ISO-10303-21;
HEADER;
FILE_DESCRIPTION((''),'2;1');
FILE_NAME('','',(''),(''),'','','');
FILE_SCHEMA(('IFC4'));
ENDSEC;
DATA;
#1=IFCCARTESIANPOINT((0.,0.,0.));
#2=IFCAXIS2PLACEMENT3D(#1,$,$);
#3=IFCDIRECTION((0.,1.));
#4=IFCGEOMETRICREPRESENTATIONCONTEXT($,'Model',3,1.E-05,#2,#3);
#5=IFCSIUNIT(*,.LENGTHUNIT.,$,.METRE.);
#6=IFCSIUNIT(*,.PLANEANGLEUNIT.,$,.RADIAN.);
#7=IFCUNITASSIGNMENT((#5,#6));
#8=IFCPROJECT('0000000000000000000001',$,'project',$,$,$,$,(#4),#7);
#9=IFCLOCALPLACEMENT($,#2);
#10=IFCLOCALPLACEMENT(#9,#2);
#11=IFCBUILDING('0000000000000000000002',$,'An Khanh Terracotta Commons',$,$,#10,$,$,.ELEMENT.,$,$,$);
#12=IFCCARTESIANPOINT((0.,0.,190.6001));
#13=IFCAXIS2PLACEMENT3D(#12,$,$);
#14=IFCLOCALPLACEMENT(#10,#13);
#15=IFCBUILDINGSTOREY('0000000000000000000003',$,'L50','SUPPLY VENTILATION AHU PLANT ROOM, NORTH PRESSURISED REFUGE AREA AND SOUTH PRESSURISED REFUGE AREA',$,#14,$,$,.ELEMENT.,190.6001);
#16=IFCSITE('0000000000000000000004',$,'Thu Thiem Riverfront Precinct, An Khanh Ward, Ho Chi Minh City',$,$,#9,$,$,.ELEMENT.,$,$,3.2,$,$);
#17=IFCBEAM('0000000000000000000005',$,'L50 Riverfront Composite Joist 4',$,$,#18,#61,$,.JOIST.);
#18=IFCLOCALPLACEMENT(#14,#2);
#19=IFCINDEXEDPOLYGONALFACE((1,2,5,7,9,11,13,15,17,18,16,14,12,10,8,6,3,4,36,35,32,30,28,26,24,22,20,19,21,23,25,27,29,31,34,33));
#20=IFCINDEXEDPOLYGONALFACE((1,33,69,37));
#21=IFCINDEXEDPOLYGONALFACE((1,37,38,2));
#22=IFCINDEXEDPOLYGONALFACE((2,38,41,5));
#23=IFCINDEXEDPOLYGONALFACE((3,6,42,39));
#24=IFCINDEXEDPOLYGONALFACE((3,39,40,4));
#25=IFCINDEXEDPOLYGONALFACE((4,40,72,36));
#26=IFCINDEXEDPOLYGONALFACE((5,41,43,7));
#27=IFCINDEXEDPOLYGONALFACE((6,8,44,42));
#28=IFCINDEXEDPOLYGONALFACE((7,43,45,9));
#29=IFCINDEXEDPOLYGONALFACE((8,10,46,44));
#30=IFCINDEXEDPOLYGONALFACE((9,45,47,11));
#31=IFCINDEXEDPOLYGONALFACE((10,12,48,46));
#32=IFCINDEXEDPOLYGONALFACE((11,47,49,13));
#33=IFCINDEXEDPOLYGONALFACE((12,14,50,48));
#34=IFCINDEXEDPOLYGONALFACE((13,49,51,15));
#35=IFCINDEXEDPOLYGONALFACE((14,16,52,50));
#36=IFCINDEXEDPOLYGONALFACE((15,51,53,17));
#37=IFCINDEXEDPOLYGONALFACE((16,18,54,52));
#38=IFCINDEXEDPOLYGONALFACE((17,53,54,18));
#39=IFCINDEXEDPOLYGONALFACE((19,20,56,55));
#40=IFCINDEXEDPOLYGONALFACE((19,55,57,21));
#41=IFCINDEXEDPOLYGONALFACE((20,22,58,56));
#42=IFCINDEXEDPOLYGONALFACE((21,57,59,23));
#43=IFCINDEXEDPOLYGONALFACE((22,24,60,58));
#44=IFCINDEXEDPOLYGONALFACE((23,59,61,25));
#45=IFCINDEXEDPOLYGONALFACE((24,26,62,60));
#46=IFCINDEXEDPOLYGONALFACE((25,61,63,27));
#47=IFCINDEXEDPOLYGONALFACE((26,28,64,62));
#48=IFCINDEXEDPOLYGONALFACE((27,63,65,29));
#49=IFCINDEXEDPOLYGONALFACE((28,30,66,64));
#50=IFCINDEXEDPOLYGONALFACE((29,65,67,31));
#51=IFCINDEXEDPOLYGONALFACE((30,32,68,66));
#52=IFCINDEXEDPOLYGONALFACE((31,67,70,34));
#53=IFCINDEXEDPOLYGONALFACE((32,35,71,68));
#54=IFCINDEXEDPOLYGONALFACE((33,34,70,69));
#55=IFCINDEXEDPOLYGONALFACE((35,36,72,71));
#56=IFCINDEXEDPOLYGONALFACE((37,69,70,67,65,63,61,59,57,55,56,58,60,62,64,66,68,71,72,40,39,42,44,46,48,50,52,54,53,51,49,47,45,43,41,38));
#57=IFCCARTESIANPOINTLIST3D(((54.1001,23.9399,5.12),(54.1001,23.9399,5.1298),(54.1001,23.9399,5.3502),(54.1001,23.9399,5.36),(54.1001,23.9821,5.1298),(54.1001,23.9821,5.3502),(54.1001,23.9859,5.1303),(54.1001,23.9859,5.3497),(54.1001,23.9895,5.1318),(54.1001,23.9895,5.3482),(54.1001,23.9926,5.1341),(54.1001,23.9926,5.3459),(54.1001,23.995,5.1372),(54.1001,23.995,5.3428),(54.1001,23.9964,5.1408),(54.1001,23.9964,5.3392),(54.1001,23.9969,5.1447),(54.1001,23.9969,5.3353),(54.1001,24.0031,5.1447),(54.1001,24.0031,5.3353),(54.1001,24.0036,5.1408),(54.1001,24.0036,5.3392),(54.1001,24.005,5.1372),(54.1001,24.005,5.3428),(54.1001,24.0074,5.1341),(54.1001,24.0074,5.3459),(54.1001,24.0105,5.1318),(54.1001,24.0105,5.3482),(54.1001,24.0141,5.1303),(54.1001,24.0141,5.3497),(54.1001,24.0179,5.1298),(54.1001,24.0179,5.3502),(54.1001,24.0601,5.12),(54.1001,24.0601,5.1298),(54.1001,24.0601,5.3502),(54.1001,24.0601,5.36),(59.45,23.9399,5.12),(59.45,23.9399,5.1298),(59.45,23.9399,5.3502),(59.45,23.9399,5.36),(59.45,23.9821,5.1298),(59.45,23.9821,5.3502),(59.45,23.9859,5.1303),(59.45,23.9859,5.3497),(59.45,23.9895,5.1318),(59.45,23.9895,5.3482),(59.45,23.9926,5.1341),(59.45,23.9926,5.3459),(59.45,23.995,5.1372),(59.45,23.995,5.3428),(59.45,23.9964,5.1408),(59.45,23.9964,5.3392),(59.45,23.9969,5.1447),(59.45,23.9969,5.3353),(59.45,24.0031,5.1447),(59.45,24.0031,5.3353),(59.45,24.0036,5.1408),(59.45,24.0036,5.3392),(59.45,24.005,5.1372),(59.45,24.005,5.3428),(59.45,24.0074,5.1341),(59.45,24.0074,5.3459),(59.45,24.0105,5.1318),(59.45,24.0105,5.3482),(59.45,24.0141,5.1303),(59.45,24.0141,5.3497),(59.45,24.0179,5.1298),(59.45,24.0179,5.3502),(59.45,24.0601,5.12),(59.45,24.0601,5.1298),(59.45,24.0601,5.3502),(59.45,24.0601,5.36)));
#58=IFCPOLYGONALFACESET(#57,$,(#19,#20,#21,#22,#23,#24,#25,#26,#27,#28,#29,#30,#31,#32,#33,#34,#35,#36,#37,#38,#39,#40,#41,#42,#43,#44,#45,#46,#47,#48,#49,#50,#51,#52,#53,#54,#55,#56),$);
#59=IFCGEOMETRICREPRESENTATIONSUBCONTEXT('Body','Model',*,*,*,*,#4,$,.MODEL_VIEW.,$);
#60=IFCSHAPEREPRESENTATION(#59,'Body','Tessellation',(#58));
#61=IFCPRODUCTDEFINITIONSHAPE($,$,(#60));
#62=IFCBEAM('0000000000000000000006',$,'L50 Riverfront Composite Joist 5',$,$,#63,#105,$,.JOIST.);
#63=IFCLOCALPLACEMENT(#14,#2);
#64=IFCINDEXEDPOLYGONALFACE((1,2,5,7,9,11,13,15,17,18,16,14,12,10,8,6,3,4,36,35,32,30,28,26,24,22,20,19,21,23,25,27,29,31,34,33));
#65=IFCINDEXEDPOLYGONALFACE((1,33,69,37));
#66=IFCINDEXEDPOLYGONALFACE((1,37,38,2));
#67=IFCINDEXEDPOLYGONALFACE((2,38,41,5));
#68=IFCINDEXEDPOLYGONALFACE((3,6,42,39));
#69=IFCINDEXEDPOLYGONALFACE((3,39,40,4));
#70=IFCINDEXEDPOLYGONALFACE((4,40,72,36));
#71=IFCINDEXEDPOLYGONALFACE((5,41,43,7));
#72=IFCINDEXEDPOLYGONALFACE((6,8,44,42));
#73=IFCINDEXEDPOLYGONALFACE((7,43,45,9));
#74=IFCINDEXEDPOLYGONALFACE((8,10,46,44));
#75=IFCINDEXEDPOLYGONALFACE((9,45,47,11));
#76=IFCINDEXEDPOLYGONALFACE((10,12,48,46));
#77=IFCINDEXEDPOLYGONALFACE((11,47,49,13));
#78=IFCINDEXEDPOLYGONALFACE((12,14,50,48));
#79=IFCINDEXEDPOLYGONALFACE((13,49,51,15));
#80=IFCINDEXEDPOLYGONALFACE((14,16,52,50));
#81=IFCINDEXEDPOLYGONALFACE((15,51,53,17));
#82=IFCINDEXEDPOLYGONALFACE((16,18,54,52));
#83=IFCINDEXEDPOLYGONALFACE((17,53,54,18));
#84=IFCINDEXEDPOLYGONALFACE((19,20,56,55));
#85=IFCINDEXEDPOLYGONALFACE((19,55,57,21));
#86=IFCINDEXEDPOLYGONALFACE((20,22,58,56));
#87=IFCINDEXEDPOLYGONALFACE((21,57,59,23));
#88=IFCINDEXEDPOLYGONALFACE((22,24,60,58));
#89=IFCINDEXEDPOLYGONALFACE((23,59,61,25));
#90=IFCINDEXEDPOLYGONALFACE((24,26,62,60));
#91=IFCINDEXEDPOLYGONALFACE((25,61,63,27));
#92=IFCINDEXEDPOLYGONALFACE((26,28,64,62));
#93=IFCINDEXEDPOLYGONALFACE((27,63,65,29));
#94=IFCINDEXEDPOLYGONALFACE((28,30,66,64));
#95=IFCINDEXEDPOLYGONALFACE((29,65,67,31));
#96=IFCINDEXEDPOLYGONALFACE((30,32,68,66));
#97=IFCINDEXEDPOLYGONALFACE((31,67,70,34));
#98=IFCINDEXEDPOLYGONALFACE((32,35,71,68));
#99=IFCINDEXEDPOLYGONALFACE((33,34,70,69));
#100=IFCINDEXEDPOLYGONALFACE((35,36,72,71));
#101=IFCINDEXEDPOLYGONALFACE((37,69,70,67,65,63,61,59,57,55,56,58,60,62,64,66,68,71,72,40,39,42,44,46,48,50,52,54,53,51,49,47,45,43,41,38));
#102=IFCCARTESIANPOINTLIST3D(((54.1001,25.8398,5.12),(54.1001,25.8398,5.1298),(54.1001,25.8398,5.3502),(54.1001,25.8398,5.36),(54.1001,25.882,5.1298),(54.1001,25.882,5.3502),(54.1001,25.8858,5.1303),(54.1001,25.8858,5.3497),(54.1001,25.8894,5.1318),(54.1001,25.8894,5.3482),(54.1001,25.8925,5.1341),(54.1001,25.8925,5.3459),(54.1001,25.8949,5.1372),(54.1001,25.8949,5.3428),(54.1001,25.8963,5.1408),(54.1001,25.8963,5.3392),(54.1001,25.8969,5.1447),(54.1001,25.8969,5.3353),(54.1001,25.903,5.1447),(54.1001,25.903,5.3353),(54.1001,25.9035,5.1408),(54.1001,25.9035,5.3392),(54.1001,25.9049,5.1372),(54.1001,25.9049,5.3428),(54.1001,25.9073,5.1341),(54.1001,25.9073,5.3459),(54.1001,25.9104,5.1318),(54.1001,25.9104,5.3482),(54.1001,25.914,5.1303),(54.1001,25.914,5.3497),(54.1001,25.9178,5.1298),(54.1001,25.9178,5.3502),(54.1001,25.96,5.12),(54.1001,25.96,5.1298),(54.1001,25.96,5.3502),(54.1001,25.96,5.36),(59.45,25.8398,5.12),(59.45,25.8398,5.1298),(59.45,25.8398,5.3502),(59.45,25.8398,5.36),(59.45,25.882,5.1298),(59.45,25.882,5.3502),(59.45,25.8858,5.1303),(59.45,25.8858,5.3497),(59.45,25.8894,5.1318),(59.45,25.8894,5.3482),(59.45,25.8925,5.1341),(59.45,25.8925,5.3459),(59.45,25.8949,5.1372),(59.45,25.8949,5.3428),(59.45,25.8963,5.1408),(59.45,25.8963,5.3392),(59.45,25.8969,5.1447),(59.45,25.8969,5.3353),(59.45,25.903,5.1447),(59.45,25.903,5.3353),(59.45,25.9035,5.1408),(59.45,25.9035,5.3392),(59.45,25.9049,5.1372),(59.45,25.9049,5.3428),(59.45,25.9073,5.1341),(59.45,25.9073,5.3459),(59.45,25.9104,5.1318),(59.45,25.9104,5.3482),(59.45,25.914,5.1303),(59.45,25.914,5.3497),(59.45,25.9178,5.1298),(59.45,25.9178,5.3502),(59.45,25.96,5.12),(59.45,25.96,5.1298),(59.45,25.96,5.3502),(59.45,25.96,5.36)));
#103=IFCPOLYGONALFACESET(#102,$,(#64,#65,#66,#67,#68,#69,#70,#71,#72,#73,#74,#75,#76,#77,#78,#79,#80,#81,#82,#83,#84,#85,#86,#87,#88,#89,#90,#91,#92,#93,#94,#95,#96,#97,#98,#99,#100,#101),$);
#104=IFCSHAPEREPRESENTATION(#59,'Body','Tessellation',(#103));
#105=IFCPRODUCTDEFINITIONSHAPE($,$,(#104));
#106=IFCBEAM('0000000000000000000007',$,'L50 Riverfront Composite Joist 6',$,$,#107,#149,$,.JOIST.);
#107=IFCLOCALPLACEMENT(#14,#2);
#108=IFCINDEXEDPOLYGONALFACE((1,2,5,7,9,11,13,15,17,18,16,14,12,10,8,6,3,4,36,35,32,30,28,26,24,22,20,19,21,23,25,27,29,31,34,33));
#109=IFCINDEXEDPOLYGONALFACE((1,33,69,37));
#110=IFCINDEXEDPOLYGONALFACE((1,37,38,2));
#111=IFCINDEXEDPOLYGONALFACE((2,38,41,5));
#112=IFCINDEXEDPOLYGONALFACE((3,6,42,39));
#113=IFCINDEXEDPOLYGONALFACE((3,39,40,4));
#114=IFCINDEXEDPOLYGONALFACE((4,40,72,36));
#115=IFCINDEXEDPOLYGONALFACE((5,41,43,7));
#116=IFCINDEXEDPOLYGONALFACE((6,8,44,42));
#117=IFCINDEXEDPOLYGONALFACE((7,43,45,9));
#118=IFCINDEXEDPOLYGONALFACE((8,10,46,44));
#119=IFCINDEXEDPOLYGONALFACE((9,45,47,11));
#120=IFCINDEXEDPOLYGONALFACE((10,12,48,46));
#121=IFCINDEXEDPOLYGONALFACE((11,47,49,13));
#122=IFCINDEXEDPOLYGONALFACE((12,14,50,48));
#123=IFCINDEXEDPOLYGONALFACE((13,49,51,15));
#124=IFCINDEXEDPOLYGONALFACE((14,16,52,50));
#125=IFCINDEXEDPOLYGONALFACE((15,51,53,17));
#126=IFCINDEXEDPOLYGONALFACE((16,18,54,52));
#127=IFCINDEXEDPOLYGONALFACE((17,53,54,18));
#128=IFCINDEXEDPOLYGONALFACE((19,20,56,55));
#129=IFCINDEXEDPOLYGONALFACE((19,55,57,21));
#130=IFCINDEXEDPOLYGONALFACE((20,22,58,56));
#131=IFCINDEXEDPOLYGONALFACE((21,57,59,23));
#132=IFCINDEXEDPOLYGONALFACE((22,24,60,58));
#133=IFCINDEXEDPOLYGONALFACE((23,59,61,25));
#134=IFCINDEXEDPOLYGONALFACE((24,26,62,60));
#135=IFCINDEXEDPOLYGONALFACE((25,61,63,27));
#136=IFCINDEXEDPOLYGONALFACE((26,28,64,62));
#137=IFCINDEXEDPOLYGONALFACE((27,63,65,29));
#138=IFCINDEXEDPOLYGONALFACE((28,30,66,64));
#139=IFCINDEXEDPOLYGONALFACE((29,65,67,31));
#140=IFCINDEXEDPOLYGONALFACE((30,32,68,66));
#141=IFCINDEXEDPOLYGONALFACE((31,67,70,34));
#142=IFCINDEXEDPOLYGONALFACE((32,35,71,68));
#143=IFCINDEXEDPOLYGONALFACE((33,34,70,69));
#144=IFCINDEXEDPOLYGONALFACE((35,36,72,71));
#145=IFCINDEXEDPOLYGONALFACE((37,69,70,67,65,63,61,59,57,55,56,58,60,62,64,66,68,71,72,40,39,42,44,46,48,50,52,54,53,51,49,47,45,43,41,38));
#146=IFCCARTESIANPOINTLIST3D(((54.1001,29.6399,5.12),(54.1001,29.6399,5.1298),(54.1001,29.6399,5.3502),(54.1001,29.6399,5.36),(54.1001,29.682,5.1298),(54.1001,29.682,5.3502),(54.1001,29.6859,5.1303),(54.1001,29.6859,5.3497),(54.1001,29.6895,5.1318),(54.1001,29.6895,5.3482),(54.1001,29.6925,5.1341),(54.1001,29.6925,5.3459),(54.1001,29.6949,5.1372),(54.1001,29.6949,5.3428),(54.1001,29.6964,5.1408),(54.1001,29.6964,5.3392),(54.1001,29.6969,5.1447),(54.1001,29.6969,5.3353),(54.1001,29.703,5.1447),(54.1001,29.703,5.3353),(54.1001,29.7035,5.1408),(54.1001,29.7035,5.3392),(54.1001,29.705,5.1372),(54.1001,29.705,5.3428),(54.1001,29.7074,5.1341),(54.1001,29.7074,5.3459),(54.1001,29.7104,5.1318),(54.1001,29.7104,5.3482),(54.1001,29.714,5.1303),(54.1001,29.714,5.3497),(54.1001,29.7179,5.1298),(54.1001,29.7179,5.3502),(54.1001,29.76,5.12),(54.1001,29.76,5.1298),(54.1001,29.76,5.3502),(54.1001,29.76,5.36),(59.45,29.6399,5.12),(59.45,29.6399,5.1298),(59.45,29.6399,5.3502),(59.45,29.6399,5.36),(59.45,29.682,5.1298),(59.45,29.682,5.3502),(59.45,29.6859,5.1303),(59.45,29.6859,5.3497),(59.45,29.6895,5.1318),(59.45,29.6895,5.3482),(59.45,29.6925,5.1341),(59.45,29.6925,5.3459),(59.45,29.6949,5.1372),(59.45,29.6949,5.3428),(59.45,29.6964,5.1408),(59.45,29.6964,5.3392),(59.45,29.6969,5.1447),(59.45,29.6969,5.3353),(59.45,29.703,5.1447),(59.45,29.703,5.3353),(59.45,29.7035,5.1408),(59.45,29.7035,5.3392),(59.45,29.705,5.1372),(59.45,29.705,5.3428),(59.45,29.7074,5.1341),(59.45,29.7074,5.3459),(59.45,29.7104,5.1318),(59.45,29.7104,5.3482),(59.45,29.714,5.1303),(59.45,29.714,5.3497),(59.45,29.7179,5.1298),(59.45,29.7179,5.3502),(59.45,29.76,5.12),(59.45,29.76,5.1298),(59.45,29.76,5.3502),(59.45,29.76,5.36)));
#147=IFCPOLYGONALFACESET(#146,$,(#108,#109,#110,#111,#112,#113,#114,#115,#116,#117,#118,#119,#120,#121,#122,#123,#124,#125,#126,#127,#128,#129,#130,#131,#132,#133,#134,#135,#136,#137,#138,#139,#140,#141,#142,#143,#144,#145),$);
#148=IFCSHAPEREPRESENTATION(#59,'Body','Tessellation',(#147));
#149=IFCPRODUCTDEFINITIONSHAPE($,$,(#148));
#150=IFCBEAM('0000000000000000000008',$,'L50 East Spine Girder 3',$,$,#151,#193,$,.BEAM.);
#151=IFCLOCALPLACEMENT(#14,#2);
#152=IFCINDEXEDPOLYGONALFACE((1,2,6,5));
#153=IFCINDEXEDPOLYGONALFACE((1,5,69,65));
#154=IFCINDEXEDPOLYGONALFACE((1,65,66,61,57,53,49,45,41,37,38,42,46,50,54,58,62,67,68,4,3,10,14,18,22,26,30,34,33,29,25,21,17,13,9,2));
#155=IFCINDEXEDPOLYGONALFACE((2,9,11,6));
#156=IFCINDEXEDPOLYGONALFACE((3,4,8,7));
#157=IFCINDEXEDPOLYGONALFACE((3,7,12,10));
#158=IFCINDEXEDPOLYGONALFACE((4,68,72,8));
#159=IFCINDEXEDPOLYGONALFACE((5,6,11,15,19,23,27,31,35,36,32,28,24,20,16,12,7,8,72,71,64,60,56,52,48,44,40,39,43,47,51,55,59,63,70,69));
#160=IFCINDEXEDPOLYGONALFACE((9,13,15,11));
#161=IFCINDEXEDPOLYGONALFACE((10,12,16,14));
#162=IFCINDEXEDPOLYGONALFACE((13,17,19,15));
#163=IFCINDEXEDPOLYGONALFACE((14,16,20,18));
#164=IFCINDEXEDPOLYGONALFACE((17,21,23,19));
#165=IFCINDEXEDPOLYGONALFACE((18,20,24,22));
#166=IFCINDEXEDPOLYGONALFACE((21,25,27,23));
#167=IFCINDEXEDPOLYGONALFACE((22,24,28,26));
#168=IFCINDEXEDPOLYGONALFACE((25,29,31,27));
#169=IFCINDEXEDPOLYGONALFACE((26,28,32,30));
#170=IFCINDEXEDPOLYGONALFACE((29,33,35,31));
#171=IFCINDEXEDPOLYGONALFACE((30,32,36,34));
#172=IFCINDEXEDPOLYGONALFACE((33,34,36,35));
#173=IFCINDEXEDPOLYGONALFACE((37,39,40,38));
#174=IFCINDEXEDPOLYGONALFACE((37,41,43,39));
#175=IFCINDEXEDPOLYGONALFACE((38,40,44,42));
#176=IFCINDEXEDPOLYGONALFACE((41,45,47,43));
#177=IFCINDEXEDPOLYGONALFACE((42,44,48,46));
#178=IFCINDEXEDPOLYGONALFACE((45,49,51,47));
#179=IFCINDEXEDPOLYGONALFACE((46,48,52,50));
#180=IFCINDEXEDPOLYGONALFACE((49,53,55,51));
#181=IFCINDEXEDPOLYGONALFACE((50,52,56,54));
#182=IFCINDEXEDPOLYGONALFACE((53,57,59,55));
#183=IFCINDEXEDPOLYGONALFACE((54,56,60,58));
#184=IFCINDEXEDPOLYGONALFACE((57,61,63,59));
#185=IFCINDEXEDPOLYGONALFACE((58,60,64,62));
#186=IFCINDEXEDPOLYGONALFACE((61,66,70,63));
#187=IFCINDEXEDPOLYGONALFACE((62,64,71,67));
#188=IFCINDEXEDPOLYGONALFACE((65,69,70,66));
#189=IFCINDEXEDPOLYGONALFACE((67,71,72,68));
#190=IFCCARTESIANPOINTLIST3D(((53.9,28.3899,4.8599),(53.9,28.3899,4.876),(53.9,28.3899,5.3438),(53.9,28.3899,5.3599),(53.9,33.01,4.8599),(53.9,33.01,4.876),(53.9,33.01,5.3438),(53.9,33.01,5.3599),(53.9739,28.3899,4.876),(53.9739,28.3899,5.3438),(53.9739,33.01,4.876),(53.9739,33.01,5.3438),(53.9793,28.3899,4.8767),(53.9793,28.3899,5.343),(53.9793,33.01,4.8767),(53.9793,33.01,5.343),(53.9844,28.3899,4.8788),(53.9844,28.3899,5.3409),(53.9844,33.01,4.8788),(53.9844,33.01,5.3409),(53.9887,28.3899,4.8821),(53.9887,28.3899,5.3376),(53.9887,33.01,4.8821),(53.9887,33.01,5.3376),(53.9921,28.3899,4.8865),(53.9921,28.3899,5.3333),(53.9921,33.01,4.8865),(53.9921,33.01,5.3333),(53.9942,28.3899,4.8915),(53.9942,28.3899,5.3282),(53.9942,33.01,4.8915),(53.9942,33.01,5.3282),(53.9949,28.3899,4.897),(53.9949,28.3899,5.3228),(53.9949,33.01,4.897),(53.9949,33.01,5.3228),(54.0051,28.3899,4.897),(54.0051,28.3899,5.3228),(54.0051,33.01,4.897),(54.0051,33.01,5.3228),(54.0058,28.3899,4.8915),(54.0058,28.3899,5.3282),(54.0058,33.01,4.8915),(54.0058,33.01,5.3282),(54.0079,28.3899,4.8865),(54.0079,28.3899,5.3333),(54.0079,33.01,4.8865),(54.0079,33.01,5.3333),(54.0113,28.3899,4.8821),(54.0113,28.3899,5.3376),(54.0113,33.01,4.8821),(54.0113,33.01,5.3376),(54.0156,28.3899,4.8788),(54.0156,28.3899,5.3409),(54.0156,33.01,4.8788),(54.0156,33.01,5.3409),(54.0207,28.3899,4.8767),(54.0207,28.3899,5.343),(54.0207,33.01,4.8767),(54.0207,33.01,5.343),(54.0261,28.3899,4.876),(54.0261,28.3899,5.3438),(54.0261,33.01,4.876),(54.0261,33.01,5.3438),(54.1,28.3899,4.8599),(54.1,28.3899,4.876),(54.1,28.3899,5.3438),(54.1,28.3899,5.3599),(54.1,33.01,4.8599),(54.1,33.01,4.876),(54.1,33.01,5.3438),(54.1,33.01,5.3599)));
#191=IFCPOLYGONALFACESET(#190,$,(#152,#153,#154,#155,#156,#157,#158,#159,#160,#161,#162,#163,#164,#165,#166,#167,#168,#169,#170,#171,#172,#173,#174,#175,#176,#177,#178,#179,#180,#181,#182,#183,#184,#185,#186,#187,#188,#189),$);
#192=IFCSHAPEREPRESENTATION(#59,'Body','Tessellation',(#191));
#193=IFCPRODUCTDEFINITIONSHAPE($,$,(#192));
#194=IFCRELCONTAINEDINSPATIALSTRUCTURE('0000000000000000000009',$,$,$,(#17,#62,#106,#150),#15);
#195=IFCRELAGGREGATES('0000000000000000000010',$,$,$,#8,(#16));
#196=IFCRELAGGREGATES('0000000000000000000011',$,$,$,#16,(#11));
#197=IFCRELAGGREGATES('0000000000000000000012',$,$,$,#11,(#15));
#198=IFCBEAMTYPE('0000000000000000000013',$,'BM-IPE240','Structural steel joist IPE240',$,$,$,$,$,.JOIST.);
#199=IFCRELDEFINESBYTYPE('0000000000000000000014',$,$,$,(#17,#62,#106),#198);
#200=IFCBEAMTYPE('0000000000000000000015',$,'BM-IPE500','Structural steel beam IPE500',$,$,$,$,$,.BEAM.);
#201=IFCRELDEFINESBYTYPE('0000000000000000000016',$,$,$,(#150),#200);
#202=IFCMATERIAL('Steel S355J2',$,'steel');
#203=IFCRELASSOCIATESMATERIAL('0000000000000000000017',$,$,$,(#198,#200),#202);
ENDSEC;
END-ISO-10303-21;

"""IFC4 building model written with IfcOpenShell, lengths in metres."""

from ifc_helpers import new_model, si_unit, direction, frame, origin, origin_2d, place, context, subcontext, project, spatial, i_section, extrude, material, material_profile, profile_set, type_object, element, save


model = new_model("IFC4")

# Units and contexts
model_context = context("Model", 3, precision=1e-05, world=origin(), true_north=direction((0.0, 1.0)))
body_context = subcontext(model_context, "Body", "Model", "MODEL_VIEW")
ifc_project = project(units=[si_unit("LENGTHUNIT", "METRE"), si_unit("PLANEANGLEUNIT", "RADIAN")], contexts=[model_context])

# Site, building, storey
site_placement = place(None, origin())
site = spatial("IfcSite", under=ifc_project, at=site_placement, Name="Thu Thiem Riverfront Precinct, An Khanh Ward, Ho Chi Minh City", CompositionType="ELEMENT", RefElevation=3.2)
building_placement = place(site_placement, origin())
building = spatial("IfcBuilding", under=site, at=building_placement, Name="An Khanh Terracotta Commons", CompositionType="ELEMENT")
storey_placement = place(building_placement, frame((0.0, 0.0, 190.6001)))
storey = spatial("IfcBuildingStorey", under=building, at=storey_placement, Name="L50", Description="SUPPLY VENTILATION AHU PLANT ROOM, NORTH PRESSURISED REFUGE AREA AND SOUTH PRESSURISED REFUGE AREA", CompositionType="ELEMENT", Elevation=190.6001)

# Beams
ifc_material_1 = material(Name="Steel S355J2", Category="steel")
ifc_material_profile_1 = material_profile(ifc_material_1, i_section(OverallWidth=0.1201, OverallDepth=0.24, WebThickness=0.0061, FlangeThickness=0.0098, FilletRadius=0.0149, at=origin_2d()), Name="IPE240")
ifc_profile_set_1 = profile_set([ifc_material_profile_1], Name="Steel S355J2")
beam_type_1 = type_object("IfcBeamType", Name="BM-IPE240", Description="Structural steel joist IPE240", PredefinedType="JOIST", material=ifc_profile_set_1)
for number, where, z_axis, x_axis, name in (
    (1, (54.1001, 24.0, 5.24), (1.0, 0.0, 0.0), (0.0, 1.0, 0.0), "L50 Riverfront Composite Joist 4"),
    (2, (54.1001, 25.8999, 5.24), (1.0, 0.0, 0.0), (0.0, 1.0, 0.0), "L50 Riverfront Composite Joist 5"),
    (3, (54.1001, 29.7, 5.24), (1.0, 0.0, 0.0), (0.0, 1.0, 0.0), "L50 Riverfront Composite Joist 6"),
):
    element("IfcBeam", number, at=place(storey_placement, frame(where, z_axis=z_axis, x_axis=x_axis)), inside=storey, type_object=beam_type_1, Name=name, PredefinedType="JOIST", context=body_context, shape_type="SweptSolid", body=[
        extrude(i_section(OverallWidth=0.1201, OverallDepth=0.24, WebThickness=0.0061, FlangeThickness=0.0098, FilletRadius=0.0149, at=origin_2d()), origin(), (0.0, 0.0, 1.0), 5.3499),
    ])
ifc_material_profile_2 = material_profile(ifc_material_1, i_section(OverallWidth=0.2, OverallDepth=0.5, WebThickness=0.0103, FlangeThickness=0.0161, FilletRadius=0.021, at=origin_2d()), Name="IPE500")
ifc_profile_set_2 = profile_set([ifc_material_profile_2], Name="Steel S355J2")
beam_type_2 = type_object("IfcBeamType", Name="BM-IPE500", Description="Structural steel beam IPE500", PredefinedType="BEAM", material=ifc_profile_set_2)
beam_1_placement = place(storey_placement, frame((54.0, 28.3899, 5.1099), z_axis=(0.0, 1.0, 0.0), x_axis=(-1.0, 0.0, 0.0)))
element("IfcBeam", 4, at=beam_1_placement, inside=storey, type_object=beam_type_2, Name="L50 East Spine Girder 3", PredefinedType="BEAM", context=body_context, shape_type="SweptSolid", body=[
    extrude(i_section(OverallWidth=0.2, OverallDepth=0.5, WebThickness=0.0103, FlangeThickness=0.0161, FilletRadius=0.021, at=origin_2d()), origin(), (0.0, 0.0, 1.0), 4.6201),
])

save(model, "model.ifc")
